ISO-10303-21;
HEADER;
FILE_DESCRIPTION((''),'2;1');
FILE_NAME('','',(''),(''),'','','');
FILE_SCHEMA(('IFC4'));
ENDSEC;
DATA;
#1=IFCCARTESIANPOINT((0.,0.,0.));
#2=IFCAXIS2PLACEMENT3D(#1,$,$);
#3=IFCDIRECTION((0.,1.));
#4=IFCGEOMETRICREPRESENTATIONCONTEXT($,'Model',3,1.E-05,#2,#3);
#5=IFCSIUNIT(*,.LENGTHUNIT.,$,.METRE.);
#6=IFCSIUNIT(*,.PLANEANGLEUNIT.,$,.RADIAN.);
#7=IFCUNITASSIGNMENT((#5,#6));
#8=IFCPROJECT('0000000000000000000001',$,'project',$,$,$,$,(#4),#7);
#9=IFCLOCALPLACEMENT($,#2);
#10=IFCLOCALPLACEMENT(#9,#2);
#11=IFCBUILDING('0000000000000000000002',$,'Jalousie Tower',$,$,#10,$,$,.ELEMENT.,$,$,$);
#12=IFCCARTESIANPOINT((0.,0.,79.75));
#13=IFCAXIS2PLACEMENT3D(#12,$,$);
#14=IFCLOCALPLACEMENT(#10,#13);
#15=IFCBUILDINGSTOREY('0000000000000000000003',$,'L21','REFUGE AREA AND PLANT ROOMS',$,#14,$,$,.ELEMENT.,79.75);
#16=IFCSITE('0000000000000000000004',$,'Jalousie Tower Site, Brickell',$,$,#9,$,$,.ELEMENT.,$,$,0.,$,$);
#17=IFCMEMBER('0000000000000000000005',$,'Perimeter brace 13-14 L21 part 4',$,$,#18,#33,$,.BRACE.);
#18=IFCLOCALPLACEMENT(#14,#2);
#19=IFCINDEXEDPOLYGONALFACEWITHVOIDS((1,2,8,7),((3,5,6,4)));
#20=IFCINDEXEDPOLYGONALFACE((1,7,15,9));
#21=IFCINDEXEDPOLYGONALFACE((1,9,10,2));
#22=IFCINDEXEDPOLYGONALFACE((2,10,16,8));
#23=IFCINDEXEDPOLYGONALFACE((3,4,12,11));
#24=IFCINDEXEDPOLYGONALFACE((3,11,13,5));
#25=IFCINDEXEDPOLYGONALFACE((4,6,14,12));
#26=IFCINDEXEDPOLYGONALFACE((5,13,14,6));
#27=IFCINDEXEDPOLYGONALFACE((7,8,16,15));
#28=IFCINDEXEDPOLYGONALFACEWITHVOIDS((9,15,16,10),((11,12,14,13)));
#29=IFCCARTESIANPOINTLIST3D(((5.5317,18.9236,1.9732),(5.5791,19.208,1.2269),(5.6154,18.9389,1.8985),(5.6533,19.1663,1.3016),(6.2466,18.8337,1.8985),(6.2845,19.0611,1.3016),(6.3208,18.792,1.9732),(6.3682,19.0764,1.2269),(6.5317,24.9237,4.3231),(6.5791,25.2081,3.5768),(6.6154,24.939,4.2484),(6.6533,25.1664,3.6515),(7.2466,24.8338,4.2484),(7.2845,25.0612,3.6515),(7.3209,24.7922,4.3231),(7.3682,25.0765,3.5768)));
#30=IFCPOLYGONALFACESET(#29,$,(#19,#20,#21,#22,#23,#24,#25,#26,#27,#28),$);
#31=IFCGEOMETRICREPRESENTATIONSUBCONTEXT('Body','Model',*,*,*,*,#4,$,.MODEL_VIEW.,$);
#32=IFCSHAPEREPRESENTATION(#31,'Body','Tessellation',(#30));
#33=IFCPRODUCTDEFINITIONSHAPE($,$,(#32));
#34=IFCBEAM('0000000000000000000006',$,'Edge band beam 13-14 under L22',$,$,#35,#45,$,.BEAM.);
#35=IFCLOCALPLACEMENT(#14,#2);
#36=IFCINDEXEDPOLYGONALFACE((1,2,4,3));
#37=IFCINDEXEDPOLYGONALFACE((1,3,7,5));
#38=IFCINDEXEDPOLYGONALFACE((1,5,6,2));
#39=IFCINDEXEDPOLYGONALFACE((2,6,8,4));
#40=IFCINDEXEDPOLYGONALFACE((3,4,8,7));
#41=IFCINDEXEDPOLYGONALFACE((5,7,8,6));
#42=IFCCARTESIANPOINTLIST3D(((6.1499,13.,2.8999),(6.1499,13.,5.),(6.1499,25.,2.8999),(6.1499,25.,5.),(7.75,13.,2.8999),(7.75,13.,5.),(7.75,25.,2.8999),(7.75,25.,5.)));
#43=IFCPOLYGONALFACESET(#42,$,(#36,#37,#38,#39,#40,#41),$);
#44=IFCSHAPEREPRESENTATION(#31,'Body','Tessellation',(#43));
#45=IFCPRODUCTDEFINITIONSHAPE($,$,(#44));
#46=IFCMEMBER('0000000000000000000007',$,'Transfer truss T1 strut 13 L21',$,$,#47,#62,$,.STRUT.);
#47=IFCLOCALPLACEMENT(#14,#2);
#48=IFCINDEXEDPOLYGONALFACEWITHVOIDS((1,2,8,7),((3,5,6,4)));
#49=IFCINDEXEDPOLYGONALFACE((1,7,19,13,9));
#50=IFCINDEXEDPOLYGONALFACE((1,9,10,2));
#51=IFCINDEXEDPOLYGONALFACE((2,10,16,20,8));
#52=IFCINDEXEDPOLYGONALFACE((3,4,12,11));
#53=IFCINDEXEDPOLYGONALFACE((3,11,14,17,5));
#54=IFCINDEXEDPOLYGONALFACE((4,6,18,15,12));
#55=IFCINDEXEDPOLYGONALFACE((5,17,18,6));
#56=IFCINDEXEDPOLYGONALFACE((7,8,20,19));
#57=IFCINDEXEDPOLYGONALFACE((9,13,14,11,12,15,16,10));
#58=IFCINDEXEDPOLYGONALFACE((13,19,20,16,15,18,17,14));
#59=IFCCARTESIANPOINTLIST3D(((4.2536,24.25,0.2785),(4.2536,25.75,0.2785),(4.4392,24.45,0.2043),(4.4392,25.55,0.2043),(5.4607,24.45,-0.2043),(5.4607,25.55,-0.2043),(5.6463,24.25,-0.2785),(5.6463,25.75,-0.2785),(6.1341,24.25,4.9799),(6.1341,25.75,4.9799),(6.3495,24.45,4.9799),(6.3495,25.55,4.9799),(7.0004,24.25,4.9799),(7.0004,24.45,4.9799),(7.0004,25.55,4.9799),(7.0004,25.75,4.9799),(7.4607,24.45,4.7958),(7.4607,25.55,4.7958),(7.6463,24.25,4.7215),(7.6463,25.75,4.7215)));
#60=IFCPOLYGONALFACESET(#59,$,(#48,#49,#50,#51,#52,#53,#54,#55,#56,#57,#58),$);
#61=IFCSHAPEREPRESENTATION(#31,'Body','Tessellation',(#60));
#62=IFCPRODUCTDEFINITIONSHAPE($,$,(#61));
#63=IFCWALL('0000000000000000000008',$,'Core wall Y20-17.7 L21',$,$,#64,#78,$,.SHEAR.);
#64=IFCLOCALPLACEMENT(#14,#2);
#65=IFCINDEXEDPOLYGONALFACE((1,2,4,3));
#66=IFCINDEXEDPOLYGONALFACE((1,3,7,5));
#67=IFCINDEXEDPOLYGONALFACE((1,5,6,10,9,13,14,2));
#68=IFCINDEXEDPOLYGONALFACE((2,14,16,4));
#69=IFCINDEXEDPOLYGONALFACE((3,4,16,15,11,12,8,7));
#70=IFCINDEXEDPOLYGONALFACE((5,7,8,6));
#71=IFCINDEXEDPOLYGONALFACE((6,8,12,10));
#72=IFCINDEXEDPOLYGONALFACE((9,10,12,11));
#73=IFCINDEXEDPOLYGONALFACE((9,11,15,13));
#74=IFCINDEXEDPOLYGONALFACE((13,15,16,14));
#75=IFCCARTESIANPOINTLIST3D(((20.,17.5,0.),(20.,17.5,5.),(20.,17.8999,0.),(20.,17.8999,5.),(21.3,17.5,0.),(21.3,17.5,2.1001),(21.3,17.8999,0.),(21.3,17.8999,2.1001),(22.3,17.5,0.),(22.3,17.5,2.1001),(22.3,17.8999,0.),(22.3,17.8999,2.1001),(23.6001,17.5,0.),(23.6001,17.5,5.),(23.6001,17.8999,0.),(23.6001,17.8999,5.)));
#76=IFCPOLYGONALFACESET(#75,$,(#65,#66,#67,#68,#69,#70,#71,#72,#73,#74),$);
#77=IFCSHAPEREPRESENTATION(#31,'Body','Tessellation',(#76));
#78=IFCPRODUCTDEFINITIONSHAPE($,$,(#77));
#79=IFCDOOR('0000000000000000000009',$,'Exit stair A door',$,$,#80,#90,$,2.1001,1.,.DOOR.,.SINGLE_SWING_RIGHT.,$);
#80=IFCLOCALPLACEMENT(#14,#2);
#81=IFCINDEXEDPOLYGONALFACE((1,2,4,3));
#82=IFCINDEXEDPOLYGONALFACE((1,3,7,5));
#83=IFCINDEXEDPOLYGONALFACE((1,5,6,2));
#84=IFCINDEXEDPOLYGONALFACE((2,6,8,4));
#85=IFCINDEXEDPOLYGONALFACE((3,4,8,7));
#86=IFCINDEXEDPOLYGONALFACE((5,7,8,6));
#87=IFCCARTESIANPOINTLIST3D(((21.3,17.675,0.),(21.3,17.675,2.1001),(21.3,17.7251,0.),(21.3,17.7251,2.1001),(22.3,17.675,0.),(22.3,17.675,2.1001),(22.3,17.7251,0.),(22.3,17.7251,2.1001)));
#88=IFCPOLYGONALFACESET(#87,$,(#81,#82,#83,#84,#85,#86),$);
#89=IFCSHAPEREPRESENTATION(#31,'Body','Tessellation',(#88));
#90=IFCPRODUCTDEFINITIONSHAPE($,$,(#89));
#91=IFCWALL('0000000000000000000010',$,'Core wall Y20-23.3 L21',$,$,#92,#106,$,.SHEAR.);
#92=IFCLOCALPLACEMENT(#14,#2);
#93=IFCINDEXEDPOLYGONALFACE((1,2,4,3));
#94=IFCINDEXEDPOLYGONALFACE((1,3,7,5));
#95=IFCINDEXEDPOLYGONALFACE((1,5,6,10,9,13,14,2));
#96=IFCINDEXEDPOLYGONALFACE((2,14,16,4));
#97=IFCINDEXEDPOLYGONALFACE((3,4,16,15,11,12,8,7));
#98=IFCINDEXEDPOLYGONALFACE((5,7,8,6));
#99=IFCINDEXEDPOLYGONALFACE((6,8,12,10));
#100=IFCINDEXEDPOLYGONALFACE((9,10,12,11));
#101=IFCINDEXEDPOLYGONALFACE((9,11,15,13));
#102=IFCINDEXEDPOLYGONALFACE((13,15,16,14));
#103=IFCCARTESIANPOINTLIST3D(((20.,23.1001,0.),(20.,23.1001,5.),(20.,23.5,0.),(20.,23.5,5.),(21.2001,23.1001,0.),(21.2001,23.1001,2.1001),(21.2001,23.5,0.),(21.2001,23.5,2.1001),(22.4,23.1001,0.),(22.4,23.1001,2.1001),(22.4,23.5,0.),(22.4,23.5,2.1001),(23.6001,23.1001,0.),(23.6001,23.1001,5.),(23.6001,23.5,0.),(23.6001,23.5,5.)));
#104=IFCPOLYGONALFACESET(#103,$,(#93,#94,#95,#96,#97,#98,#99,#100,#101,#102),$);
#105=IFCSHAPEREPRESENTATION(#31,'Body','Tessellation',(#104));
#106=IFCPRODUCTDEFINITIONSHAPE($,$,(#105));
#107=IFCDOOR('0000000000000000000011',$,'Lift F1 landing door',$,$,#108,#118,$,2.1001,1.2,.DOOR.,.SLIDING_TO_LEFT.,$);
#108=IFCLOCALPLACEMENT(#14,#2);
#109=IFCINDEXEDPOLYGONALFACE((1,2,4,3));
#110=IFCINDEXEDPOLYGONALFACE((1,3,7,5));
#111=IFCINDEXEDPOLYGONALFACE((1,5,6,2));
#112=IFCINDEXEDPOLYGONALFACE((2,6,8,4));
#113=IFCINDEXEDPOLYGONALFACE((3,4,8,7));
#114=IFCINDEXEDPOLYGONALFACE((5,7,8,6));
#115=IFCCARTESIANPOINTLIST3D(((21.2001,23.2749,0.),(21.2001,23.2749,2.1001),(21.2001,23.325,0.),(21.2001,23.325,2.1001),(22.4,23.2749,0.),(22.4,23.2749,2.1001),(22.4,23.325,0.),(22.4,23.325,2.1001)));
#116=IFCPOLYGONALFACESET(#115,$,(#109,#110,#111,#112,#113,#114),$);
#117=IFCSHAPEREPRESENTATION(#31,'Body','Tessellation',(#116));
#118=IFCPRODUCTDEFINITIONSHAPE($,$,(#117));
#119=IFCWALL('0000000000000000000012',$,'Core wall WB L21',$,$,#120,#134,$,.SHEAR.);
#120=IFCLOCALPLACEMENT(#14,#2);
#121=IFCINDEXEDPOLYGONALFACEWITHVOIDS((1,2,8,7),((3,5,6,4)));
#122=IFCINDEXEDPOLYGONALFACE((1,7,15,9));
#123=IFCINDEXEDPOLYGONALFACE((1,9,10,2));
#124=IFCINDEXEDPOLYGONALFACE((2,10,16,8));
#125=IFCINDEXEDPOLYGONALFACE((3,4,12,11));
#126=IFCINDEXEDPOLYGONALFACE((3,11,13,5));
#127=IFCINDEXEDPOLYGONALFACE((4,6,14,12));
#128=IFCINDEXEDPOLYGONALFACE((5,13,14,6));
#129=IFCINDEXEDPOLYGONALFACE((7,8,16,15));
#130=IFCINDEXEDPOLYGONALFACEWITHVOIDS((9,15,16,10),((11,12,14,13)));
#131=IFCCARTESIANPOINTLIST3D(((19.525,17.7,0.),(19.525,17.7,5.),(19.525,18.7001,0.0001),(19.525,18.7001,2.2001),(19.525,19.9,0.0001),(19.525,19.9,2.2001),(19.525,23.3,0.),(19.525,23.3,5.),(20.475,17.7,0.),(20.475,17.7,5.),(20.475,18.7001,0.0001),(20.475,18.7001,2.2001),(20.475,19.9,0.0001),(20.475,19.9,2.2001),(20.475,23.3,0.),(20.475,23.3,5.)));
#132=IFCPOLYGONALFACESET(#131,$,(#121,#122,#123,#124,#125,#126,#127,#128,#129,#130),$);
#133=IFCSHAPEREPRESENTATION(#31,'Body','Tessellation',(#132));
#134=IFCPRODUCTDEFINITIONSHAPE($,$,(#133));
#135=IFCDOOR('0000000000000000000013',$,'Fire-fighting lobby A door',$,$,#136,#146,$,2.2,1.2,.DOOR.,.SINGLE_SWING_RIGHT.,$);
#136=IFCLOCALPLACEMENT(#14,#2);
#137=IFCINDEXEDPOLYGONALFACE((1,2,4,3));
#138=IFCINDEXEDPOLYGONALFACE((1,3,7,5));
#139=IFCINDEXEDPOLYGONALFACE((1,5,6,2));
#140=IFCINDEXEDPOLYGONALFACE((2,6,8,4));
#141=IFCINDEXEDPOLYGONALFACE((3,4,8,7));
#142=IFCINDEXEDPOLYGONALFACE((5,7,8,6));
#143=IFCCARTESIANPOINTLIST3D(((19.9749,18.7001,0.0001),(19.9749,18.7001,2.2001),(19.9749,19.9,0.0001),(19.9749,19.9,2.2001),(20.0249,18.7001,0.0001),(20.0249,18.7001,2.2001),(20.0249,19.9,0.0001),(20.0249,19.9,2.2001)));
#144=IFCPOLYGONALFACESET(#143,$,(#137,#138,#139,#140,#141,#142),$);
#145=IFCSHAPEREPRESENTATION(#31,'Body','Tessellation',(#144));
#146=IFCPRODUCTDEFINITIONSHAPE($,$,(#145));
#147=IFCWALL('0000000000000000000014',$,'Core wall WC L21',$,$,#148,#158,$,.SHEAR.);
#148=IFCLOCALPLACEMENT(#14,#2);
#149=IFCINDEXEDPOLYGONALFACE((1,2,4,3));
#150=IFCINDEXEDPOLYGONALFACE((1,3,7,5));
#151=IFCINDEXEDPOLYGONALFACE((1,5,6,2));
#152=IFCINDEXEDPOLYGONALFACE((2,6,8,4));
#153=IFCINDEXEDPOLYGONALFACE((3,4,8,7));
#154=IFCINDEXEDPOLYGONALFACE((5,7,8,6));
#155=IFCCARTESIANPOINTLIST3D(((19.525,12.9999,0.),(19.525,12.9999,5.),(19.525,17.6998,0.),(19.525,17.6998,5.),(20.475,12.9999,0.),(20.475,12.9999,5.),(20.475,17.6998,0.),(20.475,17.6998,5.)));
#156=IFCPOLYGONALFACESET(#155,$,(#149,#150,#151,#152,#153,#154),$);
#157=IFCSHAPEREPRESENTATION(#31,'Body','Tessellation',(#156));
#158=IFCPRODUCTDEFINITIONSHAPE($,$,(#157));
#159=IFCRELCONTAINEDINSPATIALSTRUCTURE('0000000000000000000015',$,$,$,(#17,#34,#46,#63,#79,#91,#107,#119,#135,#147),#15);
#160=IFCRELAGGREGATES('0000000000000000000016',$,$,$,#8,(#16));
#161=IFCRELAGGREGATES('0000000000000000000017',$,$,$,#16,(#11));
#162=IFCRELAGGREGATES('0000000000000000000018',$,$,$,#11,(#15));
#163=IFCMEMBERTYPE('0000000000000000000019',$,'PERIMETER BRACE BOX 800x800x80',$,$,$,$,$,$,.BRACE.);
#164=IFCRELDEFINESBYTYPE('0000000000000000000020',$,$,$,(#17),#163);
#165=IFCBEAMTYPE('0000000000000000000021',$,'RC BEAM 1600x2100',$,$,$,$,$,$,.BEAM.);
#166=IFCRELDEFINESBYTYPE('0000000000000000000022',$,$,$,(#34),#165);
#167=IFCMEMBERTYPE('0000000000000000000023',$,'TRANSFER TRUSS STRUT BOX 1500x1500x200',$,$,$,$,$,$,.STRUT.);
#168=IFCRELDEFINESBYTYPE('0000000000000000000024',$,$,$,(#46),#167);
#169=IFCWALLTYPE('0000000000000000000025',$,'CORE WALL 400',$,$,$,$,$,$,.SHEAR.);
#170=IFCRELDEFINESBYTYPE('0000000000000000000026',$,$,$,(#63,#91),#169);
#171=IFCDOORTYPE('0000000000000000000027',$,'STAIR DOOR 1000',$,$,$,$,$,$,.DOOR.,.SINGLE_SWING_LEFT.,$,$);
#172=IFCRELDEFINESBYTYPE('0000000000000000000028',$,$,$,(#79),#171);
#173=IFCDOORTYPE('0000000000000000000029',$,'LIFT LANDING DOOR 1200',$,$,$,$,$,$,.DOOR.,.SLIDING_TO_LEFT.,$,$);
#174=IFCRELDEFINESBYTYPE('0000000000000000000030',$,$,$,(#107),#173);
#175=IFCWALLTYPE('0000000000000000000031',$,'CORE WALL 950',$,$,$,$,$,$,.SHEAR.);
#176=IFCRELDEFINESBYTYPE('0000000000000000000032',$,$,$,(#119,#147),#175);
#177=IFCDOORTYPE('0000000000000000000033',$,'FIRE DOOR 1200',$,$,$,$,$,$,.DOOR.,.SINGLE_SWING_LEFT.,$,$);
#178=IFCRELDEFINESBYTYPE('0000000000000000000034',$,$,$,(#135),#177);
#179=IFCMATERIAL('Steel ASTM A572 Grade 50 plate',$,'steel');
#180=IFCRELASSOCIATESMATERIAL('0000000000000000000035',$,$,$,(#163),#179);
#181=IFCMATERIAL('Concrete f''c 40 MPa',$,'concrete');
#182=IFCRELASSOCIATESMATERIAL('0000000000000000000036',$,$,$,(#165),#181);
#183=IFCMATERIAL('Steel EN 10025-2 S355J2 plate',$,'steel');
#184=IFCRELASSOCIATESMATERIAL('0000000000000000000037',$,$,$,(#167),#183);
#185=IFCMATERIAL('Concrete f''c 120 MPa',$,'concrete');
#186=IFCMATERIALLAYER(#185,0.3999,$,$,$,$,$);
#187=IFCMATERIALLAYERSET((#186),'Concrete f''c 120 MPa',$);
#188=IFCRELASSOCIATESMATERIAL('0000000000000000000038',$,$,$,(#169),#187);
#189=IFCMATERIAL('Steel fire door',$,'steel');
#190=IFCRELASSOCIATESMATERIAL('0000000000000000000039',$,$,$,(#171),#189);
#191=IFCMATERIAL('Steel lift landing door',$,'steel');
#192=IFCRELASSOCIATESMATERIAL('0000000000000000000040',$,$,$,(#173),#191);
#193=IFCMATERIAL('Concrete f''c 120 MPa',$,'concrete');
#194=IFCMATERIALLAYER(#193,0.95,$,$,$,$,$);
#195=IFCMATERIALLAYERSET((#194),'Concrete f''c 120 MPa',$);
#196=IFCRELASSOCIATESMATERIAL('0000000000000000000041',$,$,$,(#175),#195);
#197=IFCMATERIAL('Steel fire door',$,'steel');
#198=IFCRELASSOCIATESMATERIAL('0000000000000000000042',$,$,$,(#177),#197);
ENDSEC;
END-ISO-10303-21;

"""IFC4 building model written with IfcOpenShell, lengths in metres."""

from ifc_helpers import new_model, si_unit, direction, frame, frame_2d, origin, origin_2d, place, context, subcontext, project, spatial, rectangle, hollow_rectangle, extrude, clip, halfspace, material, layer, layer_set, material_profile, profile_set, type_object, element, fill, save


model = new_model("IFC4")

# Units and contexts
model_context = context("Model", 3, precision=1e-05, world=origin(), true_north=direction((0.0, 1.0)))
body_context = subcontext(model_context, "Body", "Model", "MODEL_VIEW")
ifc_project = project(units=[si_unit("LENGTHUNIT", "METRE"), si_unit("PLANEANGLEUNIT", "RADIAN")], contexts=[model_context])

# Site, building, storey
site_placement = place(None, origin())
site = spatial("IfcSite", under=ifc_project, at=site_placement, Name="Jalousie Tower Site, Brickell", CompositionType="ELEMENT", RefElevation=0.0)
building_placement = place(site_placement, origin())
building = spatial("IfcBuilding", under=site, at=building_placement, Name="Jalousie Tower", CompositionType="ELEMENT")
storey_placement = place(building_placement, frame((0.0, 0.0, 79.75)))
storey = spatial("IfcBuildingStorey", under=building, at=storey_placement, Name="L21", Description="REFUGE AREA AND PLANT ROOMS", CompositionType="ELEMENT", Elevation=79.75)

# Member
ifc_material_1 = material(Name="Steel ASTM A572 Grade 50 plate", Category="steel")
ifc_material_profile_1 = material_profile(ifc_material_1, hollow_rectangle(XDim=0.8, YDim=0.8, WallThickness=0.0801, at=origin_2d()), Name="BOX 800x800x80")
ifc_profile_set_1 = profile_set([ifc_material_profile_1], Name="Steel ASTM A572 Grade 50 plate")
member_type_1 = type_object("IfcMemberType", Name="PERIMETER BRACE BOX 800x800x80", PredefinedType="BRACE", material=ifc_profile_set_1)
for number, where, z_axis, x_axis, name in (
    (1, (5.95, 19.0, 1.6001), (0.153354, 0.920122, 0.360359), (-0.986394, 0.164399, 0.0), "Perimeter brace 13-14 L21 part 4"),
):
    element("IfcMember", number, at=place(storey_placement, frame(where, z_axis=z_axis, x_axis=x_axis)), inside=storey, type_object=member_type_1, Name=name, PredefinedType="BRACE", context=body_context, shape_type="SweptSolid", body=[
        extrude(hollow_rectangle(XDim=0.8, YDim=0.8, WallThickness=0.0801, at=origin_2d()), origin(), (0.0, 0.0, 1.0), 6.521),
    ])

# Beam
ifc_material_2 = material(Name="Concrete f'c 40 MPa", Category="concrete")
ifc_material_profile_2 = material_profile(ifc_material_2, rectangle(XDim=1.6001, YDim=2.1001, at=origin_2d()), Name="RC 1600x2100")
ifc_profile_set_2 = profile_set([ifc_material_profile_2], Name="Concrete f'c 40 MPa")
beam_type = type_object("IfcBeamType", Name="RC BEAM 1600x2100", PredefinedType="BEAM", material=ifc_profile_set_2)
beam_placement = place(storey_placement, frame((6.95, 25.0, 3.95), z_axis=(0.0, -1.0, 0.0), x_axis=(1.0, 0.0, 0.0)))
element("IfcBeam", 2, at=beam_placement, inside=storey, type_object=beam_type, Name="Edge band beam 13-14 under L22", PredefinedType="BEAM", context=body_context, shape_type="SweptSolid", body=[
    extrude(rectangle(XDim=1.6001, YDim=2.1001, at=origin_2d()), origin(), (0.0, 0.0, 1.0), 12.0),
])

# Member
ifc_material_3 = material(Name="Steel EN 10025-2 S355J2 plate", Category="steel")
ifc_material_profile_3 = material_profile(ifc_material_3, hollow_rectangle(XDim=1.5, YDim=1.5, WallThickness=0.2, at=origin_2d()), Name="BOX 1500x1500x200")
ifc_profile_set_3 = profile_set([ifc_material_profile_3], Name="Steel EN 10025-2 S355J2 plate")
member_type_2 = type_object("IfcMemberType", Name="TRANSFER TRUSS STRUT BOX 1500x1500x200", PredefinedType="STRUT", material=ifc_profile_set_3)
member_1_placement = place(storey_placement, frame((4.95, 25.0, 0.0), z_axis=(0.371391, 0.0, 0.928477), x_axis=(0.0, 1.0, 0.0)))
element("IfcMember", 3, at=member_1_placement, inside=storey, type_object=member_type_2, Name="Transfer truss T1 strut 13 L21", PredefinedType="STRUT", context=body_context, shape_type="Clipping", body=[
    clip(extrude(hollow_rectangle(XDim=1.5, YDim=1.5, WallThickness=0.2, at=origin_2d()), origin(), (0.0, 0.0, 1.0), 5.3853), halfspace(frame((0.0, 0.0, 5.3635), z_axis=(0.0, 0.371391, 0.928477)), False)),
])

# Walls, openings, doors
ifc_material_4 = material(Name="Concrete f'c 120 MPa", Category="concrete")
ifc_layer_1 = layer(ifc_material_4, 0.3999)
ifc_layer_set_1 = layer_set([ifc_layer_1], Name="Concrete f'c 120 MPa")
wall_type_1 = type_object("IfcWallType", Name="CORE WALL 400", PredefinedType="SHEAR", material=ifc_layer_set_1)
wall_1_placement = place(storey_placement, frame((20.0, 17.7, 0.0), z_axis=(0.0, 0.0, 1.0), x_axis=(1.0, 0.0, 0.0)))
wall_1 = element("IfcWall", 4, at=wall_1_placement, inside=storey, type_object=wall_type_1, Name="Core wall Y20-17.7 L21", PredefinedType="SHEAR", context=body_context, shape_type="SweptSolid", body=[
    extrude(rectangle(XDim=3.6001, YDim=0.3999, at=frame_2d((1.8, 0.0))), origin(), (0.0, 0.0, 1.0), 5.0),
])
opening_1_placement = place(wall_1_placement, frame((1.3, 0.0, 0.0)))
opening_1 = element("IfcOpeningElement", 5, at=opening_1_placement, cuts=wall_1, PredefinedType="OPENING", context=body_context, shape_type="SweptSolid", body=[
    extrude(rectangle(XDim=1.0, YDim=2.1001, at=frame_2d((0.5, 1.05))), frame((0.0, 0.21, 0.0), z_axis=(0.0, -1.0, 0.0), x_axis=(1.0, 0.0, 0.0)), (0.0, 0.0, 1.0), 0.4199),
])
ifc_material_5 = material(Name="Steel fire door", Category="steel")
door_type_1 = type_object("IfcDoorType", Name="STAIR DOOR 1000", OperationType="SINGLE_SWING_LEFT", PredefinedType="DOOR", material=ifc_material_5)
door_1_placement = place(opening_1_placement, frame((1.0, 0.0, 0.0), z_axis=(0.0, 0.0, 1.0), x_axis=(-1.0, 0.0, 0.0)))
door_1 = element("IfcDoor", 6, at=door_1_placement, inside=storey, type_object=door_type_1, Name="Exit stair A door", OperationType="SINGLE_SWING_RIGHT", OverallHeight=2.1001, OverallWidth=1.0, PredefinedType="DOOR", context=body_context, shape_type="SweptSolid", body=[
    extrude(rectangle(XDim=1.0, YDim=2.1001, at=frame_2d((0.5, 1.05))), frame((0.0, 0.0249, 0.0), z_axis=(0.0, -1.0, 0.0), x_axis=(1.0, 0.0, 0.0)), (0.0, 0.0, 1.0), 0.05),
])
fill(opening_1, door_1)
wall_2_placement = place(storey_placement, frame((20.0, 23.3, 0.0), z_axis=(0.0, 0.0, 1.0), x_axis=(1.0, 0.0, 0.0)))
wall_2 = element("IfcWall", 7, at=wall_2_placement, inside=storey, type_object=wall_type_1, Name="Core wall Y20-23.3 L21", PredefinedType="SHEAR", context=body_context, shape_type="SweptSolid", body=[
    extrude(rectangle(XDim=3.6001, YDim=0.3999, at=frame_2d((1.8, 0.0))), origin(), (0.0, 0.0, 1.0), 5.0),
])
opening_2_placement = place(wall_2_placement, frame((1.2, 0.0, 0.0)))
opening_2 = element("IfcOpeningElement", 8, at=opening_2_placement, cuts=wall_2, PredefinedType="OPENING", context=body_context, shape_type="SweptSolid", body=[
    extrude(rectangle(XDim=1.2, YDim=2.1001, at=frame_2d((0.6001, 1.05))), frame((0.0, 0.21, 0.0), z_axis=(0.0, -1.0, 0.0), x_axis=(1.0, 0.0, 0.0)), (0.0, 0.0, 1.0), 0.4199),
])
ifc_material_6 = material(Name="Steel lift landing door", Category="steel")
door_type_2 = type_object("IfcDoorType", Name="LIFT LANDING DOOR 1200", OperationType="SLIDING_TO_LEFT", PredefinedType="DOOR", material=ifc_material_6)
door_2_placement = place(opening_2_placement, origin())
door_2 = element("IfcDoor", 9, at=door_2_placement, inside=storey, type_object=door_type_2, Name="Lift F1 landing door", OperationType="SLIDING_TO_LEFT", OverallHeight=2.1001, OverallWidth=1.2, PredefinedType="DOOR", context=body_context, shape_type="SweptSolid", body=[
    extrude(rectangle(XDim=1.2, YDim=2.1001, at=frame_2d((0.6001, 1.05))), frame((0.0, 0.0249, 0.0), z_axis=(0.0, -1.0, 0.0), x_axis=(1.0, 0.0, 0.0)), (0.0, 0.0, 1.0), 0.05),
])
fill(opening_2, door_2)
ifc_material_7 = material(Name="Concrete f'c 120 MPa", Category="concrete")
ifc_layer_2 = layer(ifc_material_7, 0.95)
ifc_layer_set_2 = layer_set([ifc_layer_2], Name="Concrete f'c 120 MPa")
wall_type_2 = type_object("IfcWallType", Name="CORE WALL 950", PredefinedType="SHEAR", material=ifc_layer_set_2)
wall_3_placement = place(storey_placement, frame((20.0, 23.3, 0.0), z_axis=(0.0, 0.0, 1.0), x_axis=(0.0, -1.0, 0.0)))
wall_3 = element("IfcWall", 10, at=wall_3_placement, inside=storey, type_object=wall_type_2, Name="Core wall WB L21", PredefinedType="SHEAR", context=body_context, shape_type="SweptSolid", body=[
    extrude(rectangle(XDim=5.6001, YDim=0.95, at=frame_2d((2.8, 0.0))), origin(), (0.0, 0.0, 1.0), 5.0),
])
opening_3_placement = place(wall_3_placement, frame((3.3999, 0.0, 0.0)))
opening_3 = element("IfcOpeningElement", 11, at=opening_3_placement, cuts=wall_3, PredefinedType="OPENING", context=body_context, shape_type="SweptSolid", body=[
    extrude(rectangle(XDim=1.2, YDim=2.2, at=frame_2d((0.6001, 1.1001))), frame((0.0, 0.4849, 0.0), z_axis=(0.0, -1.0, 0.0), x_axis=(1.0, 0.0, 0.0)), (0.0, 0.0, 1.0), 0.97),
])
ifc_material_8 = material(Name="Steel fire door", Category="steel")
door_type_3 = type_object("IfcDoorType", Name="FIRE DOOR 1200", OperationType="SINGLE_SWING_LEFT", PredefinedType="DOOR", material=ifc_material_8)
door_3_placement = place(opening_3_placement, origin())
door_3 = element("IfcDoor", 12, at=door_3_placement, inside=storey, type_object=door_type_3, Name="Fire-fighting lobby A door", OperationType="SINGLE_SWING_RIGHT", OverallHeight=2.2, OverallWidth=1.2, PredefinedType="DOOR", context=body_context, shape_type="SweptSolid", body=[
    extrude(rectangle(XDim=1.2, YDim=2.2, at=frame_2d((0.6001, 1.1001))), frame((0.0, 0.0249, 0.0), z_axis=(0.0, -1.0, 0.0), x_axis=(1.0, 0.0, 0.0)), (0.0, 0.0, 1.0), 0.05),
])
fill(opening_3, door_3)

# Wall
wall_4_placement = place(storey_placement, frame((20.0, 17.7, 0.0), z_axis=(0.0, 0.0, 1.0), x_axis=(0.0, -1.0, 0.0)))
element("IfcWall", 13, at=wall_4_placement, inside=storey, type_object=wall_type_2, Name="Core wall WC L21", PredefinedType="SHEAR", context=body_context, shape_type="SweptSolid", body=[
    extrude(rectangle(XDim=4.7, YDim=0.95, at=frame_2d((2.3501, 0.0))), origin(), (0.0, 0.0, 1.0), 5.0),
])

save(model, "model.ifc")
